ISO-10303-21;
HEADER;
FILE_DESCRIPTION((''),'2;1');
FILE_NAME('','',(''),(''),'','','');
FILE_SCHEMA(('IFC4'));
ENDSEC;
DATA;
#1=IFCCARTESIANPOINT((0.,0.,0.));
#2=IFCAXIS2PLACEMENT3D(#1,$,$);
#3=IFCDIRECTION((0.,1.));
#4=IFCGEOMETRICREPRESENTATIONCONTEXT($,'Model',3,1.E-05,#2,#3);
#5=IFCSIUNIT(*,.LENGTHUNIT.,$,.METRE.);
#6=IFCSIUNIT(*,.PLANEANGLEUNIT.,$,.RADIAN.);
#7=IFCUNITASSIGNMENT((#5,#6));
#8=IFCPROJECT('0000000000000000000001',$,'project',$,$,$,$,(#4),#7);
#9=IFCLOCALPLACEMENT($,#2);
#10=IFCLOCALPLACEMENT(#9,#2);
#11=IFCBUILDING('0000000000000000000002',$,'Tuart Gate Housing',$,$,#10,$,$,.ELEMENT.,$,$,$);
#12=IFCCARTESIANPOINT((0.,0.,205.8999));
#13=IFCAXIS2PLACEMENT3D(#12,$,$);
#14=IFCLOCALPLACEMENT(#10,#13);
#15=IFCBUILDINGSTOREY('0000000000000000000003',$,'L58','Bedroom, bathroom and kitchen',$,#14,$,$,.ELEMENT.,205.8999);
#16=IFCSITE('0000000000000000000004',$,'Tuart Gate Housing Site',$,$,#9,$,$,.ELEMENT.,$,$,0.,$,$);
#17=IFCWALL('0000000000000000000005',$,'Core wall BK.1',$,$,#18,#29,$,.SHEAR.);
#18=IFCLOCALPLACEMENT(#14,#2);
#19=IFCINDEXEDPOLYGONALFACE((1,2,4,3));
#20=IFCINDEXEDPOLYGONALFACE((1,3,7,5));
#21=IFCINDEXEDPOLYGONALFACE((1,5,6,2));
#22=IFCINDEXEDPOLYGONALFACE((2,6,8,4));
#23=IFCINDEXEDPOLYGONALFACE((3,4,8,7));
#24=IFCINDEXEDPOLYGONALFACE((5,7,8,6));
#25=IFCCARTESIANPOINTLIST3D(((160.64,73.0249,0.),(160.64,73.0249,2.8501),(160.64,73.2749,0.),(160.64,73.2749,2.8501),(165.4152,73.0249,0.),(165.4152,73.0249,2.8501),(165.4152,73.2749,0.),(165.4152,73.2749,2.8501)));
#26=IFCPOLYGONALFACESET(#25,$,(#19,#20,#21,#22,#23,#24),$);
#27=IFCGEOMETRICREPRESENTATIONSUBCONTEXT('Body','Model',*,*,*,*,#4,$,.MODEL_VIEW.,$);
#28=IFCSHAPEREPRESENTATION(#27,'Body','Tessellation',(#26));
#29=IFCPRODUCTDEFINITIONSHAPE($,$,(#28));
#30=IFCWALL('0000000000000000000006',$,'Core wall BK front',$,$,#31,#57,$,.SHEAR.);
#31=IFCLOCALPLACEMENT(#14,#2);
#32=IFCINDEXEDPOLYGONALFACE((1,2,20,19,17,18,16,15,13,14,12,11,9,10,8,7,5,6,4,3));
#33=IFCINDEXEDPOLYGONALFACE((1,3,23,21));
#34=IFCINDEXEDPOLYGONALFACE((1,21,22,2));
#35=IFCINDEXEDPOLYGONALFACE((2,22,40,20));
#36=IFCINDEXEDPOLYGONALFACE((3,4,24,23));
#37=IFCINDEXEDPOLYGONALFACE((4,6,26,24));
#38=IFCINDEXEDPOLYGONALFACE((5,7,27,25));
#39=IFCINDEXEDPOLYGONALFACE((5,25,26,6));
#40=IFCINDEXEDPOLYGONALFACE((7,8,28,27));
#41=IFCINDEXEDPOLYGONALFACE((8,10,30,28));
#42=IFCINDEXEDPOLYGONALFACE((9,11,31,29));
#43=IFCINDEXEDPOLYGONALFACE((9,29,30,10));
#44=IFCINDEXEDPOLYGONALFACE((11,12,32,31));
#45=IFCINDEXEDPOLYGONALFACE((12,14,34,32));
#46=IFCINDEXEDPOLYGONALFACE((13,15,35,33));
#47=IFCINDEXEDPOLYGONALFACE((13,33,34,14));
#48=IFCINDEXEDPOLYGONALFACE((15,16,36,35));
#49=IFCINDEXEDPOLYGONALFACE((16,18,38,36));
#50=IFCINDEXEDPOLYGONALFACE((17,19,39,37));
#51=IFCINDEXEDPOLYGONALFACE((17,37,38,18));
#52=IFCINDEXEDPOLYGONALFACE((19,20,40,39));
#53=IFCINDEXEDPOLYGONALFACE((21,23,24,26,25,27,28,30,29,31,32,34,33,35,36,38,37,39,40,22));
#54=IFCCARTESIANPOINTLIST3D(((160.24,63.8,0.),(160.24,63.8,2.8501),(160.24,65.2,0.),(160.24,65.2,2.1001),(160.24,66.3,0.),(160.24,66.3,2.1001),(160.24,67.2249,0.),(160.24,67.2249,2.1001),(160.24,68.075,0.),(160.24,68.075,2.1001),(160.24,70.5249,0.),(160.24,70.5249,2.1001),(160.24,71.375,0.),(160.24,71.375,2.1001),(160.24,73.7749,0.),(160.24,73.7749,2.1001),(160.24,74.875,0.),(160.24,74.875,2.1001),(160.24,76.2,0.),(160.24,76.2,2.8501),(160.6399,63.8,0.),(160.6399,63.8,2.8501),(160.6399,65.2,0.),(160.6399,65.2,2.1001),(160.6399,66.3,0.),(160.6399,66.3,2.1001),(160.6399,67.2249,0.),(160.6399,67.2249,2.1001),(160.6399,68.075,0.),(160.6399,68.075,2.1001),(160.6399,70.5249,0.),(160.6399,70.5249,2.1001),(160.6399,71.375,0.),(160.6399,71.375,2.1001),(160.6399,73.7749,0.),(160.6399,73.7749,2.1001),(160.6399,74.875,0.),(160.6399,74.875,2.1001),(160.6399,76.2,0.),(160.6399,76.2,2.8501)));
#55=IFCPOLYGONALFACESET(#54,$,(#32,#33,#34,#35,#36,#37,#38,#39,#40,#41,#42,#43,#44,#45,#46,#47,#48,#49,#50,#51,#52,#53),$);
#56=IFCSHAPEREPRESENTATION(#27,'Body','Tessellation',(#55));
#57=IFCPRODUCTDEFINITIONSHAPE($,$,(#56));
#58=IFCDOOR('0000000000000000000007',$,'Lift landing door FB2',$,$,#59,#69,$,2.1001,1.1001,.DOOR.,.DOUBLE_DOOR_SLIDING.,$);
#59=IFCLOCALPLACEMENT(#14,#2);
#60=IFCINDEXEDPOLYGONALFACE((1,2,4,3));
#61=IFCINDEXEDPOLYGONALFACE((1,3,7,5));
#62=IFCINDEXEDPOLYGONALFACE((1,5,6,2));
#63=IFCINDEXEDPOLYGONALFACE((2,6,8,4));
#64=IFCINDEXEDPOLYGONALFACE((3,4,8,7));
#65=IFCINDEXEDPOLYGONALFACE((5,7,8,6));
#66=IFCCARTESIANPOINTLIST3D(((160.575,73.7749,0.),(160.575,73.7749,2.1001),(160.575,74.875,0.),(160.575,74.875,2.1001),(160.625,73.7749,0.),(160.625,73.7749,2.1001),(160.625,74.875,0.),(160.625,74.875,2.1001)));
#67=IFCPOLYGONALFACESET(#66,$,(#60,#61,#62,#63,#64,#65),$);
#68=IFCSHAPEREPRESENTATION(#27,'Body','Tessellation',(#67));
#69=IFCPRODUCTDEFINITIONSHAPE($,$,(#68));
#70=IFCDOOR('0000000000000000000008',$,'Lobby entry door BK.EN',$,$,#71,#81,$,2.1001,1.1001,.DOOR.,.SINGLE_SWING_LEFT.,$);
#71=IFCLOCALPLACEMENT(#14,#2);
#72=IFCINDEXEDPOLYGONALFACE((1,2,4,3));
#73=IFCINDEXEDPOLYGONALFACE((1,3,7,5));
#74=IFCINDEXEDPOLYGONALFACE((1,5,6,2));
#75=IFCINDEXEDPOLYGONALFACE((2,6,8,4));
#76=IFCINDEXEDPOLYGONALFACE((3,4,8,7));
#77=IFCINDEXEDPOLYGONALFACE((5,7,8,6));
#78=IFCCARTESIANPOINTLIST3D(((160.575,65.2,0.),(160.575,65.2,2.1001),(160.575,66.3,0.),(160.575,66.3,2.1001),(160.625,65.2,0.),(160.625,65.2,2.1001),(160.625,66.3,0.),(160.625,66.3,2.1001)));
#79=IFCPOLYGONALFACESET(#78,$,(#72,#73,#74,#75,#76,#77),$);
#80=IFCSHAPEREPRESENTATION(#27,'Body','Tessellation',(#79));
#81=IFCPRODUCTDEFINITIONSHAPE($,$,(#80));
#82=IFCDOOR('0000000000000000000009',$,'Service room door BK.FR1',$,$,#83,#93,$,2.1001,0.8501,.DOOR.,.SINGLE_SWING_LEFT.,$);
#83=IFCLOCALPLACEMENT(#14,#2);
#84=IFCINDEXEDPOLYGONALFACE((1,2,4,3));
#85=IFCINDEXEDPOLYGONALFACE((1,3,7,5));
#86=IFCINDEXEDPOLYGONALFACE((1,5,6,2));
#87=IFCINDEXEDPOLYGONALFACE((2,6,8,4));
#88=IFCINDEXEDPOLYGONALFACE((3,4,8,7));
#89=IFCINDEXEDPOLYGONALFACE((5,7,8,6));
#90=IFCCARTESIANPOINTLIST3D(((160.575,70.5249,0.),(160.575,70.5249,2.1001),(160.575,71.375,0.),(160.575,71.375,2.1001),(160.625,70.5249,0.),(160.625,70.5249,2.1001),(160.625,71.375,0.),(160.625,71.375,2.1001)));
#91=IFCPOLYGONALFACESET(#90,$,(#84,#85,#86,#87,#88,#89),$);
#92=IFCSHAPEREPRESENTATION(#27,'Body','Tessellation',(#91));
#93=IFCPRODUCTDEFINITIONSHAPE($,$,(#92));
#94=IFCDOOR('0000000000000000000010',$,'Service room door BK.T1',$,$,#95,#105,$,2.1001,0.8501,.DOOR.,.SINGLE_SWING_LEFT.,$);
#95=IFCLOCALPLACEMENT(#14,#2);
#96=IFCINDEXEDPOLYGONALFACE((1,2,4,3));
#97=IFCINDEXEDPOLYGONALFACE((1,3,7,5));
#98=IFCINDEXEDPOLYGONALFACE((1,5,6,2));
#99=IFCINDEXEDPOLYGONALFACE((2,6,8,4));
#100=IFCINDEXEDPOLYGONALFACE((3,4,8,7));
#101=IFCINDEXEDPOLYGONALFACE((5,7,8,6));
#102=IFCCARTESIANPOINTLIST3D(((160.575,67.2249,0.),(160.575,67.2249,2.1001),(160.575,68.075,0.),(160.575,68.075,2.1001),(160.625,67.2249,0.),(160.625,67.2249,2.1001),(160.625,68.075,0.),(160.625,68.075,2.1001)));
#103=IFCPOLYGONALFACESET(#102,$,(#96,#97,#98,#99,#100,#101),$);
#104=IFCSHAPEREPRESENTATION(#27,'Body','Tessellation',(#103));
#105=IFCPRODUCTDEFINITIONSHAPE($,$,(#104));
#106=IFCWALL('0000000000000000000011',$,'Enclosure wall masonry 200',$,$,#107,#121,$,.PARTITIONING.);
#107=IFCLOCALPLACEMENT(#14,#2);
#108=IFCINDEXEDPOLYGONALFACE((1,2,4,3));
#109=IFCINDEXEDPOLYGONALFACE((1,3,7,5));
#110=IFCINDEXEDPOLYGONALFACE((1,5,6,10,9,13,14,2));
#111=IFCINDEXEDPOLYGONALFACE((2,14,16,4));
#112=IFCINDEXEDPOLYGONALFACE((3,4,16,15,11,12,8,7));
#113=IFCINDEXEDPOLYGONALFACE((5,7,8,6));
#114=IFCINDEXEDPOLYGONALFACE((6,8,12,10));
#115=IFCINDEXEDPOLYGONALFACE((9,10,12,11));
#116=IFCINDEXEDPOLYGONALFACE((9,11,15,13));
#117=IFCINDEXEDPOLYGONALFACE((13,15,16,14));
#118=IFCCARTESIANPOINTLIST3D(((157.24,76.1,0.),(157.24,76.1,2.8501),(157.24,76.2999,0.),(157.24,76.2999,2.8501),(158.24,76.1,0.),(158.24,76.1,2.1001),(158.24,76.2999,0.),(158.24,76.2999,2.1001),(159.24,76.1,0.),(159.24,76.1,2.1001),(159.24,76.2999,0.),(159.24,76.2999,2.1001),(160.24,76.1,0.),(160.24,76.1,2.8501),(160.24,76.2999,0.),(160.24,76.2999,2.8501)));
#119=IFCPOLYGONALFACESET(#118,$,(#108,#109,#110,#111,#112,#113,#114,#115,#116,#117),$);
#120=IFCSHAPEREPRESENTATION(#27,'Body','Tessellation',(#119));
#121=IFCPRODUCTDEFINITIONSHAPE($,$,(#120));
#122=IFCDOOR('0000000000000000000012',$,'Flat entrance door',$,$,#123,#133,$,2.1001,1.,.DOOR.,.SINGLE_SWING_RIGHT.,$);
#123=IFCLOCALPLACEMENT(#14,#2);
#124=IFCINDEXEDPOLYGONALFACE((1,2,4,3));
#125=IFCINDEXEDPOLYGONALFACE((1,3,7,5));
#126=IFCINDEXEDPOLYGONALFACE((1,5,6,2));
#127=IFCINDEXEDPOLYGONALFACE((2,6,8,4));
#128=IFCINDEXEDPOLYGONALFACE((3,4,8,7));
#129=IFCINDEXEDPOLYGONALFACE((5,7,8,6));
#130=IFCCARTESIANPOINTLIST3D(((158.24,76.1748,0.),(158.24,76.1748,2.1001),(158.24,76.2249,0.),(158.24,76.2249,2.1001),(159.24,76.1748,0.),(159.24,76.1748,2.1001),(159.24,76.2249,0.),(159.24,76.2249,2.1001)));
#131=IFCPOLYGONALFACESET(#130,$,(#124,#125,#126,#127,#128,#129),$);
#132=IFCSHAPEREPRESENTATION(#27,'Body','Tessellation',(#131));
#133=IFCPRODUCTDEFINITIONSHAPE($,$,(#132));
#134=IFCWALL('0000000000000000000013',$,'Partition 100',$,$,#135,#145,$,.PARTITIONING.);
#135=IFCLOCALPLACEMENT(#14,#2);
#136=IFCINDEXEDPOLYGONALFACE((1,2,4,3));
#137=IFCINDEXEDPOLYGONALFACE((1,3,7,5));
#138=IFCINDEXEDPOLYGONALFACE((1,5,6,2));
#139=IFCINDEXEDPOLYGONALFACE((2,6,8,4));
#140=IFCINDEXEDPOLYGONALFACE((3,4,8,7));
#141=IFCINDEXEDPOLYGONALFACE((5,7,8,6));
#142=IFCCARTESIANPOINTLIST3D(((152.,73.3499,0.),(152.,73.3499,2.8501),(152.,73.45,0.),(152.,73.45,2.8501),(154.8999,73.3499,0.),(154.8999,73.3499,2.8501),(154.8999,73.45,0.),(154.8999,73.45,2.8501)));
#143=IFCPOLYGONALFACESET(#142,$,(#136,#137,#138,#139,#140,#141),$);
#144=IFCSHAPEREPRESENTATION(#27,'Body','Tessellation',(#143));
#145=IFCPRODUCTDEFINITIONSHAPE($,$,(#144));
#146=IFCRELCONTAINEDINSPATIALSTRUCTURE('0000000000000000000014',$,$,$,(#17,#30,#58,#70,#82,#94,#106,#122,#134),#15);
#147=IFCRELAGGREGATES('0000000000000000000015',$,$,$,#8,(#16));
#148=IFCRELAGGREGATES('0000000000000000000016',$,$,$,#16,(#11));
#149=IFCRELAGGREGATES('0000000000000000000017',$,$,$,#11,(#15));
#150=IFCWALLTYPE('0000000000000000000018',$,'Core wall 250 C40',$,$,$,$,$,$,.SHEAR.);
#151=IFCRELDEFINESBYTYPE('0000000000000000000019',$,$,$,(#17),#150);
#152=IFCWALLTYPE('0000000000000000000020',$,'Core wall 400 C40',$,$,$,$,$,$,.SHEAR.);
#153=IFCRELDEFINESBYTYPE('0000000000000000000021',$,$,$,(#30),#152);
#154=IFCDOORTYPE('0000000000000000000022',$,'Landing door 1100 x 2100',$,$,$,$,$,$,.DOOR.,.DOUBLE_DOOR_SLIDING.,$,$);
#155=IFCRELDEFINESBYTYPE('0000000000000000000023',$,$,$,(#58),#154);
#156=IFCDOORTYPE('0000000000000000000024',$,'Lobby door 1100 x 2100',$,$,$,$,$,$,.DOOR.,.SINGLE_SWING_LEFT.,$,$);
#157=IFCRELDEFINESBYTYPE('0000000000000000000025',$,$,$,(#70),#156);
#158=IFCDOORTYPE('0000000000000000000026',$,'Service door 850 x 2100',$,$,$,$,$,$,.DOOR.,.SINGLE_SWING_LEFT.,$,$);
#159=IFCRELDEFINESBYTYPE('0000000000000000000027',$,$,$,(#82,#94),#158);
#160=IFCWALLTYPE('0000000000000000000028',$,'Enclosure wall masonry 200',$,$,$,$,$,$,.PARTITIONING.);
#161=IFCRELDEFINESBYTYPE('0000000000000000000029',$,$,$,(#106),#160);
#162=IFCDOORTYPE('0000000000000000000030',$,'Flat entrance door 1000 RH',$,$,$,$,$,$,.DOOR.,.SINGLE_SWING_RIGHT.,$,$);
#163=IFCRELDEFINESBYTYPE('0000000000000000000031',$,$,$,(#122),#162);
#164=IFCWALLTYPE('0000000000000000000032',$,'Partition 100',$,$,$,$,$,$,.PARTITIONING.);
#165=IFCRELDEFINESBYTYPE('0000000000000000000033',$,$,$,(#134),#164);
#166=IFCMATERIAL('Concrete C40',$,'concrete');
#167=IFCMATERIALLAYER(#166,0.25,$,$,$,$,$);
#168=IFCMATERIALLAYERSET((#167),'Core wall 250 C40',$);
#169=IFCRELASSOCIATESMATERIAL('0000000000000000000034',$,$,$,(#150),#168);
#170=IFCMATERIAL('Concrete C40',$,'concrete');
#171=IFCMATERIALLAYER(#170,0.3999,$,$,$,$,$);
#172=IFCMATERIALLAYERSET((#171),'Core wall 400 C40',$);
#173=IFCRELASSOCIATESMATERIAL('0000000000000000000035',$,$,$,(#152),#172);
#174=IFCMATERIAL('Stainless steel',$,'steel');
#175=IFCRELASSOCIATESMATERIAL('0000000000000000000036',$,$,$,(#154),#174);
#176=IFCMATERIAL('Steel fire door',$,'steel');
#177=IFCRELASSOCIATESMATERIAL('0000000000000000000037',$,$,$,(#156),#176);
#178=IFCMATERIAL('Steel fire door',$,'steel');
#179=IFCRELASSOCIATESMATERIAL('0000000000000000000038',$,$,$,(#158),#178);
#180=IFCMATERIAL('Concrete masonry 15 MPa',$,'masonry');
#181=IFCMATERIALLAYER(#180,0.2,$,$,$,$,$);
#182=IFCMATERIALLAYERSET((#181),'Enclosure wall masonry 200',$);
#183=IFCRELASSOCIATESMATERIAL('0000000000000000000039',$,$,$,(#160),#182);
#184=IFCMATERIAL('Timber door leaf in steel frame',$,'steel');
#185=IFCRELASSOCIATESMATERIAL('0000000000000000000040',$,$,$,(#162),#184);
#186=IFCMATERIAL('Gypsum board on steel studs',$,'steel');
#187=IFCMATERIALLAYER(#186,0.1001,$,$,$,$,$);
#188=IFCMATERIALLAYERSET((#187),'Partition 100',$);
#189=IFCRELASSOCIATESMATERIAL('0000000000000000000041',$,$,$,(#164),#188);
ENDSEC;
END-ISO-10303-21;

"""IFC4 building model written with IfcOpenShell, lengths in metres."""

from ifc_helpers import new_model, si_unit, direction, frame, frame_2d, origin, place, context, subcontext, project, spatial, rectangle, extrude, material, layer, layer_set, type_object, element, fill, save


model = new_model("IFC4")

# Units and contexts
model_context = context("Model", 3, precision=1e-05, world=origin(), true_north=direction((0.0, 1.0)))
body_context = subcontext(model_context, "Body", "Model", "MODEL_VIEW")
ifc_project = project(units=[si_unit("LENGTHUNIT", "METRE"), si_unit("PLANEANGLEUNIT", "RADIAN")], contexts=[model_context])

# Site, building, storey
site_placement = place(None, origin())
site = spatial("IfcSite", under=ifc_project, at=site_placement, Name="Tuart Gate Housing Site", CompositionType="ELEMENT", RefElevation=0.0)
building_placement = place(site_placement, origin())
building = spatial("IfcBuilding", under=site, at=building_placement, Name="Tuart Gate Housing", CompositionType="ELEMENT")
storey_placement = place(building_placement, frame((0.0, 0.0, 205.8999)))
storey = spatial("IfcBuildingStorey", under=building, at=storey_placement, Name="L58", Description="Bedroom, bathroom and kitchen", CompositionType="ELEMENT", Elevation=205.8999)

# Wall
ifc_material_1 = material(Name="Concrete C40", Category="concrete")
ifc_layer_1 = layer(ifc_material_1, 0.25)
ifc_layer_set_1 = layer_set([ifc_layer_1], Name="Core wall 250 C40")
wall_type_1 = type_object("IfcWallType", Name="Core wall 250 C40", PredefinedType="SHEAR", material=ifc_layer_set_1)
wall_1_placement = place(storey_placement, frame((160.6399, 73.1499, 0.0), z_axis=(0.0, 0.0, 1.0), x_axis=(1.0, 0.0, 0.0)))
element("IfcWall", 1, at=wall_1_placement, inside=storey, type_object=wall_type_1, Name="Core wall BK.1", PredefinedType="SHEAR", context=body_context, shape_type="SweptSolid", body=[
    extrude(rectangle(XDim=4.7751, YDim=0.25, at=frame_2d((2.3877, 0.0))), origin(), (0.0, 0.0, 1.0), 2.8501),
])

# Wall, openings, doors
ifc_material_2 = material(Name="Concrete C40", Category="concrete")
ifc_layer_2 = layer(ifc_material_2, 0.3999)
ifc_layer_set_2 = layer_set([ifc_layer_2], Name="Core wall 400 C40")
wall_type_2 = type_object("IfcWallType", Name="Core wall 400 C40", PredefinedType="SHEAR", material=ifc_layer_set_2)
wall_2_placement = place(storey_placement, frame((160.4399, 76.2, 0.0), z_axis=(0.0, 0.0, 1.0), x_axis=(0.0, -1.0, 0.0)))
wall_2 = element("IfcWall", 2, at=wall_2_placement, inside=storey, type_object=wall_type_2, Name="Core wall BK front", PredefinedType="SHEAR", context=body_context, shape_type="SweptSolid", body=[
    extrude(rectangle(XDim=12.3999, YDim=0.3999, at=frame_2d((6.2, 0.0))), origin(), (0.0, 0.0, 1.0), 2.8501),
])
opening_1_placement = place(wall_2_placement, frame((1.325, 0.0, 0.0)))
opening_1 = element("IfcOpeningElement", 3, at=opening_1_placement, cuts=wall_2, PredefinedType="OPENING", context=body_context, shape_type="SweptSolid", body=[
    extrude(rectangle(XDim=1.1001, YDim=2.1001, at=frame_2d((0.55, 1.05))), frame((0.0, 0.21, 0.0), z_axis=(0.0, -1.0, 0.0), x_axis=(1.0, 0.0, 0.0)), (0.0, 0.0, 1.0), 0.4199),
])
opening_2_placement = place(wall_2_placement, frame((4.825, 0.0, 0.0)))
opening_2 = element("IfcOpeningElement", 4, at=opening_2_placement, cuts=wall_2, PredefinedType="OPENING", context=body_context, shape_type="SweptSolid", body=[
    extrude(rectangle(XDim=0.8501, YDim=2.1001, at=frame_2d((0.425, 1.05))), frame((0.0, 0.21, 0.0), z_axis=(0.0, -1.0, 0.0), x_axis=(1.0, 0.0, 0.0)), (0.0, 0.0, 1.0), 0.4199),
])
opening_3_placement = place(wall_2_placement, frame((9.8999, 0.0, 0.0)))
opening_3 = element("IfcOpeningElement", 5, at=opening_3_placement, cuts=wall_2, PredefinedType="OPENING", context=body_context, shape_type="SweptSolid", body=[
    extrude(rectangle(XDim=1.1001, YDim=2.1001, at=frame_2d((0.55, 1.05))), frame((0.0, 0.21, 0.0), z_axis=(0.0, -1.0, 0.0), x_axis=(1.0, 0.0, 0.0)), (0.0, 0.0, 1.0), 0.4199),
])
opening_4_placement = place(wall_2_placement, frame((8.125, 0.0, 0.0)))
opening_4 = element("IfcOpeningElement", 6, at=opening_4_placement, cuts=wall_2, PredefinedType="OPENING", context=body_context, shape_type="SweptSolid", body=[
    extrude(rectangle(XDim=0.8501, YDim=2.1001, at=frame_2d((0.425, 1.05))), frame((0.0, 0.21, 0.0), z_axis=(0.0, -1.0, 0.0), x_axis=(1.0, 0.0, 0.0)), (0.0, 0.0, 1.0), 0.4199),
])
ifc_material_3 = material(Name="Stainless steel", Category="steel")
door_type_1 = type_object("IfcDoorType", Name="Landing door 1100 x 2100", OperationType="DOUBLE_DOOR_SLIDING", PredefinedType="DOOR", material=ifc_material_3)
door_1_placement = place(opening_1_placement, origin())
door_1 = element("IfcDoor", 7, at=door_1_placement, inside=storey, type_object=door_type_1, Name="Lift landing door FB2", OperationType="DOUBLE_DOOR_SLIDING", OverallHeight=2.1001, OverallWidth=1.1001, PredefinedType="DOOR", context=body_context, shape_type="SweptSolid", body=[
    extrude(rectangle(XDim=1.1001, YDim=2.1001, at=frame_2d((0.55, 1.05))), frame((0.0, 0.1851, 0.0), z_axis=(0.0, -1.0, 0.0), x_axis=(1.0, 0.0, 0.0)), (0.0, 0.0, 1.0), 0.05),
])
fill(opening_1, door_1)
ifc_material_4 = material(Name="Steel fire door", Category="steel")
door_type_2 = type_object("IfcDoorType", Name="Lobby door 1100 x 2100", OperationType="SINGLE_SWING_LEFT", PredefinedType="DOOR", material=ifc_material_4)
door_2_placement = place(opening_3_placement, origin())
door_2 = element("IfcDoor", 8, at=door_2_placement, inside=storey, type_object=door_type_2, Name="Lobby entry door BK.EN", OperationType="SINGLE_SWING_LEFT", OverallHeight=2.1001, OverallWidth=1.1001, PredefinedType="DOOR", context=body_context, shape_type="SweptSolid", body=[
    extrude(rectangle(XDim=1.1001, YDim=2.1001, at=frame_2d((0.55, 1.05))), frame((0.0, 0.1851, 0.0), z_axis=(0.0, -1.0, 0.0), x_axis=(1.0, 0.0, 0.0)), (0.0, 0.0, 1.0), 0.05),
])
fill(opening_3, door_2)
ifc_material_5 = material(Name="Steel fire door", Category="steel")
door_type_3 = type_object("IfcDoorType", Name="Service door 850 x 2100", OperationType="SINGLE_SWING_LEFT", PredefinedType="DOOR", material=ifc_material_5)
door_3_placement = place(opening_2_placement, origin())
door_3 = element("IfcDoor", 9, at=door_3_placement, inside=storey, type_object=door_type_3, Name="Service room door BK.FR1", OperationType="SINGLE_SWING_LEFT", OverallHeight=2.1001, OverallWidth=0.8501, PredefinedType="DOOR", context=body_context, shape_type="SweptSolid", body=[
    extrude(rectangle(XDim=0.8501, YDim=2.1001, at=frame_2d((0.425, 1.05))), frame((0.0, 0.1851, 0.0), z_axis=(0.0, -1.0, 0.0), x_axis=(1.0, 0.0, 0.0)), (0.0, 0.0, 1.0), 0.05),
])
fill(opening_2, door_3)
door_4_placement = place(opening_4_placement, origin())
door_4 = element("IfcDoor", 10, at=door_4_placement, inside=storey, type_object=door_type_3, Name="Service room door BK.T1", OperationType="SINGLE_SWING_LEFT", OverallHeight=2.1001, OverallWidth=0.8501, PredefinedType="DOOR", context=body_context, shape_type="SweptSolid", body=[
    extrude(rectangle(XDim=0.8501, YDim=2.1001, at=frame_2d((0.425, 1.05))), frame((0.0, 0.1851, 0.0), z_axis=(0.0, -1.0, 0.0), x_axis=(1.0, 0.0, 0.0)), (0.0, 0.0, 1.0), 0.05),
])
fill(opening_4, door_4)

# Wall, opening, door
ifc_material_6 = material(Name="Concrete masonry 15 MPa", Category="masonry")
ifc_layer_3 = layer(ifc_material_6, 0.2)
ifc_layer_set_3 = layer_set([ifc_layer_3], Name="Enclosure wall masonry 200")
wall_type_3 = type_object("IfcWallType", Name="Enclosure wall masonry 200", PredefinedType="PARTITIONING", material=ifc_layer_set_3)
wall_3_placement = place(storey_placement, frame((157.24, 76.2, 0.0), z_axis=(0.0, 0.0, 1.0), x_axis=(1.0, 0.0, 0.0)))
wall_3 = element("IfcWall", 11, at=wall_3_placement, inside=storey, type_object=wall_type_3, Name="Enclosure wall masonry 200", PredefinedType="PARTITIONING", context=body_context, shape_type="SweptSolid", body=[
    extrude(rectangle(XDim=3.0, YDim=0.2, at=frame_2d((1.5, 0.0))), origin(), (0.0, 0.0, 1.0), 2.8501),
])
opening_5_placement = place(wall_3_placement, frame((1.0, 0.0, 0.0)))
opening_5 = element("IfcOpeningElement", 12, at=opening_5_placement, cuts=wall_3, PredefinedType="OPENING", context=body_context, shape_type="SweptSolid", body=[
    extrude(rectangle(XDim=1.0, YDim=2.1001, at=frame_2d((0.5, 1.05))), frame((0.0, 0.1099, 0.0), z_axis=(0.0, -1.0, 0.0), x_axis=(1.0, 0.0, 0.0)), (0.0, 0.0, 1.0), 0.22),
])
ifc_material_7 = material(Name="Timber door leaf in steel frame", Category="steel")
door_type_4 = type_object("IfcDoorType", Name="Flat entrance door 1000 RH", OperationType="SINGLE_SWING_RIGHT", PredefinedType="DOOR", material=ifc_material_7)
door_5_placement = place(opening_5_placement, origin())
door_5 = element("IfcDoor", 13, at=door_5_placement, inside=storey, type_object=door_type_4, Name="Flat entrance door", OperationType="SINGLE_SWING_RIGHT", OverallHeight=2.1001, OverallWidth=1.0, PredefinedType="DOOR", context=body_context, shape_type="SweptSolid", body=[
    extrude(rectangle(XDim=1.0, YDim=2.1001, at=frame_2d((0.5, 1.05))), frame((0.0, 0.0249, 0.0), z_axis=(0.0, -1.0, 0.0), x_axis=(1.0, 0.0, 0.0)), (0.0, 0.0, 1.0), 0.05),
])
fill(opening_5, door_5)

# Wall
ifc_material_8 = material(Name="Gypsum board on steel studs", Category="steel")
ifc_layer_4 = layer(ifc_material_8, 0.1001)
ifc_layer_set_4 = layer_set([ifc_layer_4], Name="Partition 100")
wall_type_4 = type_object("IfcWallType", Name="Partition 100", PredefinedType="PARTITIONING", material=ifc_layer_set_4)
wall_4_placement = place(storey_placement, frame((152.0, 73.3999, 0.0), z_axis=(0.0, 0.0, 1.0), x_axis=(1.0, 0.0, 0.0)))
element("IfcWall", 14, at=wall_4_placement, inside=storey, type_object=wall_type_4, Name="Partition 100", PredefinedType="PARTITIONING", context=body_context, shape_type="SweptSolid", body=[
    extrude(rectangle(XDim=2.8999, YDim=0.1001, at=frame_2d((1.45, 0.0))), origin(), (0.0, 0.0, 1.0), 2.8501),
])

save(model, "model.ifc")
